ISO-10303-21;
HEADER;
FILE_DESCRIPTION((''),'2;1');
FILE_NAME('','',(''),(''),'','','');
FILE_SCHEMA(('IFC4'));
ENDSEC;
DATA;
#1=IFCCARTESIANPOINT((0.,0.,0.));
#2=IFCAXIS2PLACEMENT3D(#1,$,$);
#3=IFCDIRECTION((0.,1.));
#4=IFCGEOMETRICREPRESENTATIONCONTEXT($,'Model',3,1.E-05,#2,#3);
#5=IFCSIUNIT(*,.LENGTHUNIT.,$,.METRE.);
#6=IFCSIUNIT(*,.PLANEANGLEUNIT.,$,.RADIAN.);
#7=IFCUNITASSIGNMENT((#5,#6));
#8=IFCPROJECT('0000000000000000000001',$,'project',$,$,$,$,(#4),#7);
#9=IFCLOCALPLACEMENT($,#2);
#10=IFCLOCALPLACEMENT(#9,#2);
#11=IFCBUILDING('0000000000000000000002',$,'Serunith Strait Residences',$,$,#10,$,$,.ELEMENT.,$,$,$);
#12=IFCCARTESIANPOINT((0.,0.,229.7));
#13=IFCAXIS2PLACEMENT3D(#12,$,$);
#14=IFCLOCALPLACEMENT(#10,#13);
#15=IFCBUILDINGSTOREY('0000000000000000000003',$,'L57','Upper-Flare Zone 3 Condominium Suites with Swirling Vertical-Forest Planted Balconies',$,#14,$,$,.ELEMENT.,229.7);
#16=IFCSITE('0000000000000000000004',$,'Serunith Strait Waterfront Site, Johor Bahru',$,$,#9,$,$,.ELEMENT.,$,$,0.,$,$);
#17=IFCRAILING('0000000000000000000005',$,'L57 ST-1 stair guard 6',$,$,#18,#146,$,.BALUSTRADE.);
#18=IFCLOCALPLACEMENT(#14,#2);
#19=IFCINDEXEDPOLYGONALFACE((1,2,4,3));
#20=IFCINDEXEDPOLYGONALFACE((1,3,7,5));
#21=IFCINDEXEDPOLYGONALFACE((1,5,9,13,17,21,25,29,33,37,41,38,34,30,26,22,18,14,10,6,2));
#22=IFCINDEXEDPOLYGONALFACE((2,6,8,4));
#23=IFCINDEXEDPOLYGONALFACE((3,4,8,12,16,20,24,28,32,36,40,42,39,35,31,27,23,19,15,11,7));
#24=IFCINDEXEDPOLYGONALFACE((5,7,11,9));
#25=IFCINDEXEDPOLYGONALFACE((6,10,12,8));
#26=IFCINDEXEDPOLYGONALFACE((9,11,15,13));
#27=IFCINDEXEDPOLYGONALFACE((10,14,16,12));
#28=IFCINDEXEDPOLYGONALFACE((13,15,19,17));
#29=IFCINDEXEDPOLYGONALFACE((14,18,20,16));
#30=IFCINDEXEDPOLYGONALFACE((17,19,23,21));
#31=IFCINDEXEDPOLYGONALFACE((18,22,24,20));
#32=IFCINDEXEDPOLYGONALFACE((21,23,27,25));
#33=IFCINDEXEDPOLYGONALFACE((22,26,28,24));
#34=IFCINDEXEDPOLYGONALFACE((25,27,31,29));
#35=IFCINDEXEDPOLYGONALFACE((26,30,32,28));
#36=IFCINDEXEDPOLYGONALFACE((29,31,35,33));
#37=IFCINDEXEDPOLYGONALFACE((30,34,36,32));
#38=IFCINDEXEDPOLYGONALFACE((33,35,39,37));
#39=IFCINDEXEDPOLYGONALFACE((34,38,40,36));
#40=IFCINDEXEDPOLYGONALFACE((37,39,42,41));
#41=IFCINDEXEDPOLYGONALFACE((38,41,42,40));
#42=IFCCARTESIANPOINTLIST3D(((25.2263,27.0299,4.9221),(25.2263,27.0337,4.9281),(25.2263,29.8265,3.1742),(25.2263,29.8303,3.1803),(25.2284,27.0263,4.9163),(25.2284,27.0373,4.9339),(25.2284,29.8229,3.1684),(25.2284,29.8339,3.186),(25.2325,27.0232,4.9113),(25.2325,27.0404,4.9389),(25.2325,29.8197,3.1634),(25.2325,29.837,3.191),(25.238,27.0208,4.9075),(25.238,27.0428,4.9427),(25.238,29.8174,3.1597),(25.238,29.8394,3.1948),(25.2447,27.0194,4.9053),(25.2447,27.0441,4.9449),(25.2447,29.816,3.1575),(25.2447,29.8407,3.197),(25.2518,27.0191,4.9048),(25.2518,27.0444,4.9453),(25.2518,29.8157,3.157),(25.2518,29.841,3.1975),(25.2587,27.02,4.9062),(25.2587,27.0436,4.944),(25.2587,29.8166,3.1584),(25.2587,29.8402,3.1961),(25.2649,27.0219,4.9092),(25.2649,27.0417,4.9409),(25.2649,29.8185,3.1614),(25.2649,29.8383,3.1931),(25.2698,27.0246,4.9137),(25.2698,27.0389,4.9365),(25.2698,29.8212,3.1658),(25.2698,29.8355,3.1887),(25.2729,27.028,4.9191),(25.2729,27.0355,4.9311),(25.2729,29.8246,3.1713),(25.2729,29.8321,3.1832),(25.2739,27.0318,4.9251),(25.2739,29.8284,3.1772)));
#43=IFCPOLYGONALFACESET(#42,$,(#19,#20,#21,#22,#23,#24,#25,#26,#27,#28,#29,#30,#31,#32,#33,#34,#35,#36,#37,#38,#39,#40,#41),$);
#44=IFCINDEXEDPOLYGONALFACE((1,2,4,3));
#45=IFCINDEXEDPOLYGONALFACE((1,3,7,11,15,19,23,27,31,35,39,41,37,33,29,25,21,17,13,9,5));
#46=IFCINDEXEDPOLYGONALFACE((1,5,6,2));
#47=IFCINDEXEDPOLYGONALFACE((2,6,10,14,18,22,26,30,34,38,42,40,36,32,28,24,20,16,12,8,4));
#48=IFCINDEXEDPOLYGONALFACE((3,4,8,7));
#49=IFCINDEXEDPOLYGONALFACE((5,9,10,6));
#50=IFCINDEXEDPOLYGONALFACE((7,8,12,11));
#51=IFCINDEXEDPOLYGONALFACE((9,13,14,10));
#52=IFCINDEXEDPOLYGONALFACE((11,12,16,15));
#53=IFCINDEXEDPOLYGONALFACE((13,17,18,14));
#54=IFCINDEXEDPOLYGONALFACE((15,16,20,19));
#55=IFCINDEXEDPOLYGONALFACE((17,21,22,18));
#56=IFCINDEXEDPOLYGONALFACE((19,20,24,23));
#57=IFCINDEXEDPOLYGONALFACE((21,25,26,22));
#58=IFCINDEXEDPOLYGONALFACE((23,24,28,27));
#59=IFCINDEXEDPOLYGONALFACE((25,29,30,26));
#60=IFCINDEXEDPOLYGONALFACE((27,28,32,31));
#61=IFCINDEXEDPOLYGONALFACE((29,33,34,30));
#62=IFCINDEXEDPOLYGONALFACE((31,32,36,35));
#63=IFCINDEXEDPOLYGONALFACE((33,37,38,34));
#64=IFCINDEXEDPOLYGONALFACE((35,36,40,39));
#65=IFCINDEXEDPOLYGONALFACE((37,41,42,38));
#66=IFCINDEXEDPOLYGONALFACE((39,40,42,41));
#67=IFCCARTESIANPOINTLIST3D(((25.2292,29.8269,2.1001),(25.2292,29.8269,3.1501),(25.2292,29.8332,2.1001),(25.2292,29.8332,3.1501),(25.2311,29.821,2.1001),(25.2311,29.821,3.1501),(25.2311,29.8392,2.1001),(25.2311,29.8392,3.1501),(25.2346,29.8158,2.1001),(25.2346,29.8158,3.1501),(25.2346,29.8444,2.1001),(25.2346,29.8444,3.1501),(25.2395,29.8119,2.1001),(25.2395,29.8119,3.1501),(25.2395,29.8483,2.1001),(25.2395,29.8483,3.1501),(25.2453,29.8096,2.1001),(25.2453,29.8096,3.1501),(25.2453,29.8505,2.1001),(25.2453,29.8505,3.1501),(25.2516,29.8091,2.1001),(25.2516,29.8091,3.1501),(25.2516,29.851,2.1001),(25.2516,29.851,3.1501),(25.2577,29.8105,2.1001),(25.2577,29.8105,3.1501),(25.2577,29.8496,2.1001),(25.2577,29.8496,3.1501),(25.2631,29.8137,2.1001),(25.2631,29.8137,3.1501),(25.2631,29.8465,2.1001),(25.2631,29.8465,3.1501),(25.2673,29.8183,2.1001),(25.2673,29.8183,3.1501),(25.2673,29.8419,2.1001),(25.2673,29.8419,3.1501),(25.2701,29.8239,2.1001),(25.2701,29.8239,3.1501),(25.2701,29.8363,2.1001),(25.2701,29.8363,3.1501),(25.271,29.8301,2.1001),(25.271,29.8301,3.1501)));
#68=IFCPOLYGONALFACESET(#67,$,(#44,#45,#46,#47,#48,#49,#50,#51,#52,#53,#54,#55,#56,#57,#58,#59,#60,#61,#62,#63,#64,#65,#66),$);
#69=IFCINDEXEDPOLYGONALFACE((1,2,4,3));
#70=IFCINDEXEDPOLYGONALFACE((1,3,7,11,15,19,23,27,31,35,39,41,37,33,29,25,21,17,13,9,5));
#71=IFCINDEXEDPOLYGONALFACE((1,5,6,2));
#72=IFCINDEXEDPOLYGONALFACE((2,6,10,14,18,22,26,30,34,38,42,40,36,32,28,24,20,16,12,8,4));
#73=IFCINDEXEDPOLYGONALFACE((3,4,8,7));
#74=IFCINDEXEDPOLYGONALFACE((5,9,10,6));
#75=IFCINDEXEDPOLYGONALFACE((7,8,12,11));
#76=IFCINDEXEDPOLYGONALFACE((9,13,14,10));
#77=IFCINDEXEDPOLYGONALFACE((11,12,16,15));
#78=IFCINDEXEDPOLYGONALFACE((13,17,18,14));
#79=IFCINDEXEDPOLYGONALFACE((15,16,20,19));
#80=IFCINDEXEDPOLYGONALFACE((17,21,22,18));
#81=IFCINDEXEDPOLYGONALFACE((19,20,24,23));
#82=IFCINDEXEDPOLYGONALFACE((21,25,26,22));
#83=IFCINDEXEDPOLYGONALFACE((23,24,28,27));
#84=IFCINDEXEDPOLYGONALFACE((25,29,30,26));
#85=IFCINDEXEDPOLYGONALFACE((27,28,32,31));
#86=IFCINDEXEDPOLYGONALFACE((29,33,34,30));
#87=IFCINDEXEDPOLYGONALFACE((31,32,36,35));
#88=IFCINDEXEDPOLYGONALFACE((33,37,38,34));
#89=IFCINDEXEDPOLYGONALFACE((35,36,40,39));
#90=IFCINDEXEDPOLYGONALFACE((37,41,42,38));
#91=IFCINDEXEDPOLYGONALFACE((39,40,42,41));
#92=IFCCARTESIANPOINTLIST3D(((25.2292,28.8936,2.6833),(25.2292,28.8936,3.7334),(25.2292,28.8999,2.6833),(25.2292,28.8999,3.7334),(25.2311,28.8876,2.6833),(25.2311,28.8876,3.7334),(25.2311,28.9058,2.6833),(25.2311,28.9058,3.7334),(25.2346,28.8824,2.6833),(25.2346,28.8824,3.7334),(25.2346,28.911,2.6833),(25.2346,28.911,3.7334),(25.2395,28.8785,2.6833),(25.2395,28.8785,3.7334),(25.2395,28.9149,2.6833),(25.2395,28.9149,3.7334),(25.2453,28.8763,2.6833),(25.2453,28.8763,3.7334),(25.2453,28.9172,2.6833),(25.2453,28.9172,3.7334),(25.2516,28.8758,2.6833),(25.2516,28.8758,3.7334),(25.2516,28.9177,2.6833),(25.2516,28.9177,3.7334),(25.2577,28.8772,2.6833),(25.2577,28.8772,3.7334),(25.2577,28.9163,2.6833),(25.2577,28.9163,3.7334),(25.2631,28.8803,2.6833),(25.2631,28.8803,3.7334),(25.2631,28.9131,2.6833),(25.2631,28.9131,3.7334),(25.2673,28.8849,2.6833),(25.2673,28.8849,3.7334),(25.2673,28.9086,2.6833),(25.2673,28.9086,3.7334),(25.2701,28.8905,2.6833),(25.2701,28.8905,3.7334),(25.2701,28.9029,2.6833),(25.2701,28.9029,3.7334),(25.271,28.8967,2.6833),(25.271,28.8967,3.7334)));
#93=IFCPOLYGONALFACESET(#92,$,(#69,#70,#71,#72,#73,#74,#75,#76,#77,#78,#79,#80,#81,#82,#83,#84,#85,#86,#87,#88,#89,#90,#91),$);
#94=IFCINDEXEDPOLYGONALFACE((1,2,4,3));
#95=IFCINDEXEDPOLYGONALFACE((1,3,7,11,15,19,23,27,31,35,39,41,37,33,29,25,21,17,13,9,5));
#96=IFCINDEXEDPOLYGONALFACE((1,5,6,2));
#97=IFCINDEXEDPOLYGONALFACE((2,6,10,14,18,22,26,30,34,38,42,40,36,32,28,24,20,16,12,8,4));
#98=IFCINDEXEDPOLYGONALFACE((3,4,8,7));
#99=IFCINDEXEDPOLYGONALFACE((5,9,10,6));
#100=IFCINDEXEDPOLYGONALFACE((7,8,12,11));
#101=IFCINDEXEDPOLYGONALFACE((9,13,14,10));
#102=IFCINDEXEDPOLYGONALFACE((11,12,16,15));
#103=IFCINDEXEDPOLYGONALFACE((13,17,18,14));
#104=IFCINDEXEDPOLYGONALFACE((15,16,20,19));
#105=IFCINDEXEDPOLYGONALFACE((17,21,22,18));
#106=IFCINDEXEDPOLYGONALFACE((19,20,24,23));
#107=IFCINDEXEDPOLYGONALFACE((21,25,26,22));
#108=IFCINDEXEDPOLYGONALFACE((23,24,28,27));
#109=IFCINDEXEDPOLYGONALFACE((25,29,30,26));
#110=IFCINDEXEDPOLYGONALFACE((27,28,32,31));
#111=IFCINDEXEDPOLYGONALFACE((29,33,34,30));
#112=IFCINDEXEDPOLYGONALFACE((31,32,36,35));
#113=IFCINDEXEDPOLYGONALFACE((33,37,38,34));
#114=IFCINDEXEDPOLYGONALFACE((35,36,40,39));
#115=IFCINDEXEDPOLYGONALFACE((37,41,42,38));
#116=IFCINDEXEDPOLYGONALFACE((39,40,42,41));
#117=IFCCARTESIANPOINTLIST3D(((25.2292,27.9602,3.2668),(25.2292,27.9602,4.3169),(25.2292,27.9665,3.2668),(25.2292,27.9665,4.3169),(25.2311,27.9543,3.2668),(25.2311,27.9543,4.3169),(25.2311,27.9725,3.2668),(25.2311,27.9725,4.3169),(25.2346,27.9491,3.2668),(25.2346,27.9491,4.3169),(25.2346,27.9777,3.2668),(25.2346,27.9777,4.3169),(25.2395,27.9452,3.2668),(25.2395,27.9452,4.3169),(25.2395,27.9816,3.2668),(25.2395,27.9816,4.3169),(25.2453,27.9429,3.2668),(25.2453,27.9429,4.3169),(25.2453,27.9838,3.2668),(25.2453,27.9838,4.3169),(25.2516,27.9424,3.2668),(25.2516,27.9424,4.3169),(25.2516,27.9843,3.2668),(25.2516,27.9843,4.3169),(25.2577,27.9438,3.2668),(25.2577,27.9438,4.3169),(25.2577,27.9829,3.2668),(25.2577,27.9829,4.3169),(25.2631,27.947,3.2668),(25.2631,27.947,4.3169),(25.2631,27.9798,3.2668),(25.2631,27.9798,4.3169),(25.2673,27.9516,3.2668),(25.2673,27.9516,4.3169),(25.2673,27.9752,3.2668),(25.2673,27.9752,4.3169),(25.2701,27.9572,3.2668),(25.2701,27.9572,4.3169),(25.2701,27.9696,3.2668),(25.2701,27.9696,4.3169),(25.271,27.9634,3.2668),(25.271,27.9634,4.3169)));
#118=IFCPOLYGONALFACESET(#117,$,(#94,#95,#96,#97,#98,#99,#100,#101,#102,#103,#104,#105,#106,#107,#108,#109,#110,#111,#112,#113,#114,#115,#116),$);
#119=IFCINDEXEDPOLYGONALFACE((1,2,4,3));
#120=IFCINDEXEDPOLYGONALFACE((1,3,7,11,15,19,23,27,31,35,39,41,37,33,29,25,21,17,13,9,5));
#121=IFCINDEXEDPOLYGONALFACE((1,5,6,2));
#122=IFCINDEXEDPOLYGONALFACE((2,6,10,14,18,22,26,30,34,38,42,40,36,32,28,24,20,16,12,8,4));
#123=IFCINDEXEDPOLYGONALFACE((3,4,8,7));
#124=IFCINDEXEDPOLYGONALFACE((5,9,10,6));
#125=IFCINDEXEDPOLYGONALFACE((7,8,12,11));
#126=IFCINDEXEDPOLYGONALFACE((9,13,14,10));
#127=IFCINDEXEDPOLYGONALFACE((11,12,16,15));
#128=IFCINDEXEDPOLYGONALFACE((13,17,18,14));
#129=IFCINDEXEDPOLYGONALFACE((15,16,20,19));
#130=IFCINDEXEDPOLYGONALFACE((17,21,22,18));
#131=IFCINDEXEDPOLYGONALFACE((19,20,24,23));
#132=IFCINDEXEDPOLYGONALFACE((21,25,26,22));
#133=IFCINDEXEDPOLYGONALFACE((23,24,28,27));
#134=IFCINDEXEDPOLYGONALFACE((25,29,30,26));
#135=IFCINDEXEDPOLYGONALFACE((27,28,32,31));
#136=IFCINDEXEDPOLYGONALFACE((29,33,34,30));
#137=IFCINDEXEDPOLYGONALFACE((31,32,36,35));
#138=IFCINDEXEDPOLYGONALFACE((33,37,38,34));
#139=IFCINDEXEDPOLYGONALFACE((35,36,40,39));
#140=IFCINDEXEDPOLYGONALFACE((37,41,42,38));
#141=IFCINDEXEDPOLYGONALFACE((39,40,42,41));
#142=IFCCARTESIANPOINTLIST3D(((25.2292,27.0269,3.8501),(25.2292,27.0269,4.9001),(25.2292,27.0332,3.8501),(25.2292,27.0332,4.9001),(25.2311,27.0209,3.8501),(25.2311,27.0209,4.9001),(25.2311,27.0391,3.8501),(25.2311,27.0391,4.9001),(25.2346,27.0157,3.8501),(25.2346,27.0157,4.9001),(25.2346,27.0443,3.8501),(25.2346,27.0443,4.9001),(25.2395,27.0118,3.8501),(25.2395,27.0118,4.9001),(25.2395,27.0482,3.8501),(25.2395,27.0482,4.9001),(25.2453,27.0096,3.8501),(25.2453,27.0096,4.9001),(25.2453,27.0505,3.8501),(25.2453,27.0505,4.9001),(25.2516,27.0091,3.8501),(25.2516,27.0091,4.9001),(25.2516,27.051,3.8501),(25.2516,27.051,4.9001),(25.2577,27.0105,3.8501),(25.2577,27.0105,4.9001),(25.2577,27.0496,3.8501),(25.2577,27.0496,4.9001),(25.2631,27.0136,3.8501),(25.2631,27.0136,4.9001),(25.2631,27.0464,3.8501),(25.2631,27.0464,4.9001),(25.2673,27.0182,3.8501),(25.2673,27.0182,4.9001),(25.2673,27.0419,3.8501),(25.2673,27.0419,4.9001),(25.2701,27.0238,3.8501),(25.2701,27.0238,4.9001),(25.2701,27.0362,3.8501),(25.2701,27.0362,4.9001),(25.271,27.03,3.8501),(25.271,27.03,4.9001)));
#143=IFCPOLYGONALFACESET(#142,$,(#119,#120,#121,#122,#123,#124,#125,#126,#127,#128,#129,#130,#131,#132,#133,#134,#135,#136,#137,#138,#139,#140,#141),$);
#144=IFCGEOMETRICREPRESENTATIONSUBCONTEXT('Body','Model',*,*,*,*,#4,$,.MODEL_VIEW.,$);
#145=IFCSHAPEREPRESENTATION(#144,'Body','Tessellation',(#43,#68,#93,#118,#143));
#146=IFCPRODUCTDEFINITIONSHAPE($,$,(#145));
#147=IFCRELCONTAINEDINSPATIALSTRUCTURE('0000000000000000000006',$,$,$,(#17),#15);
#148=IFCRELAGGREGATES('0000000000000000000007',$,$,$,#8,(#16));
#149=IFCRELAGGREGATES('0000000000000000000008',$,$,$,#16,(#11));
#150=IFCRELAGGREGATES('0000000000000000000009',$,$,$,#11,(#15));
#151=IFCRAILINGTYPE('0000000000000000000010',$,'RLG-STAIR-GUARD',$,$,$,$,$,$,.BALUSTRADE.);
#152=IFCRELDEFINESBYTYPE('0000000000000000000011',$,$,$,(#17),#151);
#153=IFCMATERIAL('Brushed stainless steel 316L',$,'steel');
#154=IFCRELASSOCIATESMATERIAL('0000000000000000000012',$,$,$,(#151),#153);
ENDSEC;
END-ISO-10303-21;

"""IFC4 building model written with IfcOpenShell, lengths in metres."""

from ifc_helpers import new_model, si_unit, direction, frame, origin, origin_2d, place, context, subcontext, project, spatial, circle, extrude, material, type_object, element, save


model = new_model("IFC4")

# Units and contexts
model_context = context("Model", 3, precision=1e-05, world=origin(), true_north=direction((0.0, 1.0)))
body_context = subcontext(model_context, "Body", "Model", "MODEL_VIEW")
ifc_project = project(units=[si_unit("LENGTHUNIT", "METRE"), si_unit("PLANEANGLEUNIT", "RADIAN")], contexts=[model_context])

# Site, building, storey
site_placement = place(None, origin())
site = spatial("IfcSite", under=ifc_project, at=site_placement, Name="Serunith Strait Waterfront Site, Johor Bahru", CompositionType="ELEMENT", RefElevation=0.0)
building_placement = place(site_placement, origin())
building = spatial("IfcBuilding", under=site, at=building_placement, Name="Serunith Strait Residences", CompositionType="ELEMENT")
storey_placement = place(building_placement, frame((0.0, 0.0, 229.7)))
storey = spatial("IfcBuildingStorey", under=building, at=storey_placement, Name="L57", Description="Upper-Flare Zone 3 Condominium Suites with Swirling Vertical-Forest Planted Balconies", CompositionType="ELEMENT", Elevation=229.7)

# Railing
ifc_material_1 = material(Name="Brushed stainless steel 316L", Category="steel")
railing_type_1 = type_object("IfcRailingType", Name="RLG-STAIR-GUARD", PredefinedType="BALUSTRADE", material=ifc_material_1)
railing_1_placement = place(storey_placement, frame((25.25, 29.8301, 2.1001)))
element("IfcRailing", 1, at=railing_1_placement, inside=storey, type_object=railing_type_1, Name="L57 ST-1 stair guard 6", PredefinedType="BALUSTRADE", context=body_context, shape_type="SweptSolid", body=[
    extrude(circle(Radius=0.0239, at=origin_2d()), frame((0.0, -0.0017, 1.0771), z_axis=(0.0, -0.848002, 0.529992), x_axis=(1.0, 0.0, 0.0)), (0.0, 0.0, 1.0), 3.2979),
    extrude(circle(Radius=0.021, at=origin_2d()), origin(), (0.0, 0.0, 1.0), 1.05),
    extrude(circle(Radius=0.021, at=origin_2d()), frame((0.0, -0.9333, 0.5833)), (0.0, 0.0, 1.0), 1.05),
    extrude(circle(Radius=0.021, at=origin_2d()), frame((0.0, -1.8667, 1.1667)), (0.0, 0.0, 1.0), 1.05),
    extrude(circle(Radius=0.021, at=origin_2d()), frame((0.0, -2.8, 1.75)), (0.0, 0.0, 1.0), 1.05),
])

save(model, "model.ifc")
